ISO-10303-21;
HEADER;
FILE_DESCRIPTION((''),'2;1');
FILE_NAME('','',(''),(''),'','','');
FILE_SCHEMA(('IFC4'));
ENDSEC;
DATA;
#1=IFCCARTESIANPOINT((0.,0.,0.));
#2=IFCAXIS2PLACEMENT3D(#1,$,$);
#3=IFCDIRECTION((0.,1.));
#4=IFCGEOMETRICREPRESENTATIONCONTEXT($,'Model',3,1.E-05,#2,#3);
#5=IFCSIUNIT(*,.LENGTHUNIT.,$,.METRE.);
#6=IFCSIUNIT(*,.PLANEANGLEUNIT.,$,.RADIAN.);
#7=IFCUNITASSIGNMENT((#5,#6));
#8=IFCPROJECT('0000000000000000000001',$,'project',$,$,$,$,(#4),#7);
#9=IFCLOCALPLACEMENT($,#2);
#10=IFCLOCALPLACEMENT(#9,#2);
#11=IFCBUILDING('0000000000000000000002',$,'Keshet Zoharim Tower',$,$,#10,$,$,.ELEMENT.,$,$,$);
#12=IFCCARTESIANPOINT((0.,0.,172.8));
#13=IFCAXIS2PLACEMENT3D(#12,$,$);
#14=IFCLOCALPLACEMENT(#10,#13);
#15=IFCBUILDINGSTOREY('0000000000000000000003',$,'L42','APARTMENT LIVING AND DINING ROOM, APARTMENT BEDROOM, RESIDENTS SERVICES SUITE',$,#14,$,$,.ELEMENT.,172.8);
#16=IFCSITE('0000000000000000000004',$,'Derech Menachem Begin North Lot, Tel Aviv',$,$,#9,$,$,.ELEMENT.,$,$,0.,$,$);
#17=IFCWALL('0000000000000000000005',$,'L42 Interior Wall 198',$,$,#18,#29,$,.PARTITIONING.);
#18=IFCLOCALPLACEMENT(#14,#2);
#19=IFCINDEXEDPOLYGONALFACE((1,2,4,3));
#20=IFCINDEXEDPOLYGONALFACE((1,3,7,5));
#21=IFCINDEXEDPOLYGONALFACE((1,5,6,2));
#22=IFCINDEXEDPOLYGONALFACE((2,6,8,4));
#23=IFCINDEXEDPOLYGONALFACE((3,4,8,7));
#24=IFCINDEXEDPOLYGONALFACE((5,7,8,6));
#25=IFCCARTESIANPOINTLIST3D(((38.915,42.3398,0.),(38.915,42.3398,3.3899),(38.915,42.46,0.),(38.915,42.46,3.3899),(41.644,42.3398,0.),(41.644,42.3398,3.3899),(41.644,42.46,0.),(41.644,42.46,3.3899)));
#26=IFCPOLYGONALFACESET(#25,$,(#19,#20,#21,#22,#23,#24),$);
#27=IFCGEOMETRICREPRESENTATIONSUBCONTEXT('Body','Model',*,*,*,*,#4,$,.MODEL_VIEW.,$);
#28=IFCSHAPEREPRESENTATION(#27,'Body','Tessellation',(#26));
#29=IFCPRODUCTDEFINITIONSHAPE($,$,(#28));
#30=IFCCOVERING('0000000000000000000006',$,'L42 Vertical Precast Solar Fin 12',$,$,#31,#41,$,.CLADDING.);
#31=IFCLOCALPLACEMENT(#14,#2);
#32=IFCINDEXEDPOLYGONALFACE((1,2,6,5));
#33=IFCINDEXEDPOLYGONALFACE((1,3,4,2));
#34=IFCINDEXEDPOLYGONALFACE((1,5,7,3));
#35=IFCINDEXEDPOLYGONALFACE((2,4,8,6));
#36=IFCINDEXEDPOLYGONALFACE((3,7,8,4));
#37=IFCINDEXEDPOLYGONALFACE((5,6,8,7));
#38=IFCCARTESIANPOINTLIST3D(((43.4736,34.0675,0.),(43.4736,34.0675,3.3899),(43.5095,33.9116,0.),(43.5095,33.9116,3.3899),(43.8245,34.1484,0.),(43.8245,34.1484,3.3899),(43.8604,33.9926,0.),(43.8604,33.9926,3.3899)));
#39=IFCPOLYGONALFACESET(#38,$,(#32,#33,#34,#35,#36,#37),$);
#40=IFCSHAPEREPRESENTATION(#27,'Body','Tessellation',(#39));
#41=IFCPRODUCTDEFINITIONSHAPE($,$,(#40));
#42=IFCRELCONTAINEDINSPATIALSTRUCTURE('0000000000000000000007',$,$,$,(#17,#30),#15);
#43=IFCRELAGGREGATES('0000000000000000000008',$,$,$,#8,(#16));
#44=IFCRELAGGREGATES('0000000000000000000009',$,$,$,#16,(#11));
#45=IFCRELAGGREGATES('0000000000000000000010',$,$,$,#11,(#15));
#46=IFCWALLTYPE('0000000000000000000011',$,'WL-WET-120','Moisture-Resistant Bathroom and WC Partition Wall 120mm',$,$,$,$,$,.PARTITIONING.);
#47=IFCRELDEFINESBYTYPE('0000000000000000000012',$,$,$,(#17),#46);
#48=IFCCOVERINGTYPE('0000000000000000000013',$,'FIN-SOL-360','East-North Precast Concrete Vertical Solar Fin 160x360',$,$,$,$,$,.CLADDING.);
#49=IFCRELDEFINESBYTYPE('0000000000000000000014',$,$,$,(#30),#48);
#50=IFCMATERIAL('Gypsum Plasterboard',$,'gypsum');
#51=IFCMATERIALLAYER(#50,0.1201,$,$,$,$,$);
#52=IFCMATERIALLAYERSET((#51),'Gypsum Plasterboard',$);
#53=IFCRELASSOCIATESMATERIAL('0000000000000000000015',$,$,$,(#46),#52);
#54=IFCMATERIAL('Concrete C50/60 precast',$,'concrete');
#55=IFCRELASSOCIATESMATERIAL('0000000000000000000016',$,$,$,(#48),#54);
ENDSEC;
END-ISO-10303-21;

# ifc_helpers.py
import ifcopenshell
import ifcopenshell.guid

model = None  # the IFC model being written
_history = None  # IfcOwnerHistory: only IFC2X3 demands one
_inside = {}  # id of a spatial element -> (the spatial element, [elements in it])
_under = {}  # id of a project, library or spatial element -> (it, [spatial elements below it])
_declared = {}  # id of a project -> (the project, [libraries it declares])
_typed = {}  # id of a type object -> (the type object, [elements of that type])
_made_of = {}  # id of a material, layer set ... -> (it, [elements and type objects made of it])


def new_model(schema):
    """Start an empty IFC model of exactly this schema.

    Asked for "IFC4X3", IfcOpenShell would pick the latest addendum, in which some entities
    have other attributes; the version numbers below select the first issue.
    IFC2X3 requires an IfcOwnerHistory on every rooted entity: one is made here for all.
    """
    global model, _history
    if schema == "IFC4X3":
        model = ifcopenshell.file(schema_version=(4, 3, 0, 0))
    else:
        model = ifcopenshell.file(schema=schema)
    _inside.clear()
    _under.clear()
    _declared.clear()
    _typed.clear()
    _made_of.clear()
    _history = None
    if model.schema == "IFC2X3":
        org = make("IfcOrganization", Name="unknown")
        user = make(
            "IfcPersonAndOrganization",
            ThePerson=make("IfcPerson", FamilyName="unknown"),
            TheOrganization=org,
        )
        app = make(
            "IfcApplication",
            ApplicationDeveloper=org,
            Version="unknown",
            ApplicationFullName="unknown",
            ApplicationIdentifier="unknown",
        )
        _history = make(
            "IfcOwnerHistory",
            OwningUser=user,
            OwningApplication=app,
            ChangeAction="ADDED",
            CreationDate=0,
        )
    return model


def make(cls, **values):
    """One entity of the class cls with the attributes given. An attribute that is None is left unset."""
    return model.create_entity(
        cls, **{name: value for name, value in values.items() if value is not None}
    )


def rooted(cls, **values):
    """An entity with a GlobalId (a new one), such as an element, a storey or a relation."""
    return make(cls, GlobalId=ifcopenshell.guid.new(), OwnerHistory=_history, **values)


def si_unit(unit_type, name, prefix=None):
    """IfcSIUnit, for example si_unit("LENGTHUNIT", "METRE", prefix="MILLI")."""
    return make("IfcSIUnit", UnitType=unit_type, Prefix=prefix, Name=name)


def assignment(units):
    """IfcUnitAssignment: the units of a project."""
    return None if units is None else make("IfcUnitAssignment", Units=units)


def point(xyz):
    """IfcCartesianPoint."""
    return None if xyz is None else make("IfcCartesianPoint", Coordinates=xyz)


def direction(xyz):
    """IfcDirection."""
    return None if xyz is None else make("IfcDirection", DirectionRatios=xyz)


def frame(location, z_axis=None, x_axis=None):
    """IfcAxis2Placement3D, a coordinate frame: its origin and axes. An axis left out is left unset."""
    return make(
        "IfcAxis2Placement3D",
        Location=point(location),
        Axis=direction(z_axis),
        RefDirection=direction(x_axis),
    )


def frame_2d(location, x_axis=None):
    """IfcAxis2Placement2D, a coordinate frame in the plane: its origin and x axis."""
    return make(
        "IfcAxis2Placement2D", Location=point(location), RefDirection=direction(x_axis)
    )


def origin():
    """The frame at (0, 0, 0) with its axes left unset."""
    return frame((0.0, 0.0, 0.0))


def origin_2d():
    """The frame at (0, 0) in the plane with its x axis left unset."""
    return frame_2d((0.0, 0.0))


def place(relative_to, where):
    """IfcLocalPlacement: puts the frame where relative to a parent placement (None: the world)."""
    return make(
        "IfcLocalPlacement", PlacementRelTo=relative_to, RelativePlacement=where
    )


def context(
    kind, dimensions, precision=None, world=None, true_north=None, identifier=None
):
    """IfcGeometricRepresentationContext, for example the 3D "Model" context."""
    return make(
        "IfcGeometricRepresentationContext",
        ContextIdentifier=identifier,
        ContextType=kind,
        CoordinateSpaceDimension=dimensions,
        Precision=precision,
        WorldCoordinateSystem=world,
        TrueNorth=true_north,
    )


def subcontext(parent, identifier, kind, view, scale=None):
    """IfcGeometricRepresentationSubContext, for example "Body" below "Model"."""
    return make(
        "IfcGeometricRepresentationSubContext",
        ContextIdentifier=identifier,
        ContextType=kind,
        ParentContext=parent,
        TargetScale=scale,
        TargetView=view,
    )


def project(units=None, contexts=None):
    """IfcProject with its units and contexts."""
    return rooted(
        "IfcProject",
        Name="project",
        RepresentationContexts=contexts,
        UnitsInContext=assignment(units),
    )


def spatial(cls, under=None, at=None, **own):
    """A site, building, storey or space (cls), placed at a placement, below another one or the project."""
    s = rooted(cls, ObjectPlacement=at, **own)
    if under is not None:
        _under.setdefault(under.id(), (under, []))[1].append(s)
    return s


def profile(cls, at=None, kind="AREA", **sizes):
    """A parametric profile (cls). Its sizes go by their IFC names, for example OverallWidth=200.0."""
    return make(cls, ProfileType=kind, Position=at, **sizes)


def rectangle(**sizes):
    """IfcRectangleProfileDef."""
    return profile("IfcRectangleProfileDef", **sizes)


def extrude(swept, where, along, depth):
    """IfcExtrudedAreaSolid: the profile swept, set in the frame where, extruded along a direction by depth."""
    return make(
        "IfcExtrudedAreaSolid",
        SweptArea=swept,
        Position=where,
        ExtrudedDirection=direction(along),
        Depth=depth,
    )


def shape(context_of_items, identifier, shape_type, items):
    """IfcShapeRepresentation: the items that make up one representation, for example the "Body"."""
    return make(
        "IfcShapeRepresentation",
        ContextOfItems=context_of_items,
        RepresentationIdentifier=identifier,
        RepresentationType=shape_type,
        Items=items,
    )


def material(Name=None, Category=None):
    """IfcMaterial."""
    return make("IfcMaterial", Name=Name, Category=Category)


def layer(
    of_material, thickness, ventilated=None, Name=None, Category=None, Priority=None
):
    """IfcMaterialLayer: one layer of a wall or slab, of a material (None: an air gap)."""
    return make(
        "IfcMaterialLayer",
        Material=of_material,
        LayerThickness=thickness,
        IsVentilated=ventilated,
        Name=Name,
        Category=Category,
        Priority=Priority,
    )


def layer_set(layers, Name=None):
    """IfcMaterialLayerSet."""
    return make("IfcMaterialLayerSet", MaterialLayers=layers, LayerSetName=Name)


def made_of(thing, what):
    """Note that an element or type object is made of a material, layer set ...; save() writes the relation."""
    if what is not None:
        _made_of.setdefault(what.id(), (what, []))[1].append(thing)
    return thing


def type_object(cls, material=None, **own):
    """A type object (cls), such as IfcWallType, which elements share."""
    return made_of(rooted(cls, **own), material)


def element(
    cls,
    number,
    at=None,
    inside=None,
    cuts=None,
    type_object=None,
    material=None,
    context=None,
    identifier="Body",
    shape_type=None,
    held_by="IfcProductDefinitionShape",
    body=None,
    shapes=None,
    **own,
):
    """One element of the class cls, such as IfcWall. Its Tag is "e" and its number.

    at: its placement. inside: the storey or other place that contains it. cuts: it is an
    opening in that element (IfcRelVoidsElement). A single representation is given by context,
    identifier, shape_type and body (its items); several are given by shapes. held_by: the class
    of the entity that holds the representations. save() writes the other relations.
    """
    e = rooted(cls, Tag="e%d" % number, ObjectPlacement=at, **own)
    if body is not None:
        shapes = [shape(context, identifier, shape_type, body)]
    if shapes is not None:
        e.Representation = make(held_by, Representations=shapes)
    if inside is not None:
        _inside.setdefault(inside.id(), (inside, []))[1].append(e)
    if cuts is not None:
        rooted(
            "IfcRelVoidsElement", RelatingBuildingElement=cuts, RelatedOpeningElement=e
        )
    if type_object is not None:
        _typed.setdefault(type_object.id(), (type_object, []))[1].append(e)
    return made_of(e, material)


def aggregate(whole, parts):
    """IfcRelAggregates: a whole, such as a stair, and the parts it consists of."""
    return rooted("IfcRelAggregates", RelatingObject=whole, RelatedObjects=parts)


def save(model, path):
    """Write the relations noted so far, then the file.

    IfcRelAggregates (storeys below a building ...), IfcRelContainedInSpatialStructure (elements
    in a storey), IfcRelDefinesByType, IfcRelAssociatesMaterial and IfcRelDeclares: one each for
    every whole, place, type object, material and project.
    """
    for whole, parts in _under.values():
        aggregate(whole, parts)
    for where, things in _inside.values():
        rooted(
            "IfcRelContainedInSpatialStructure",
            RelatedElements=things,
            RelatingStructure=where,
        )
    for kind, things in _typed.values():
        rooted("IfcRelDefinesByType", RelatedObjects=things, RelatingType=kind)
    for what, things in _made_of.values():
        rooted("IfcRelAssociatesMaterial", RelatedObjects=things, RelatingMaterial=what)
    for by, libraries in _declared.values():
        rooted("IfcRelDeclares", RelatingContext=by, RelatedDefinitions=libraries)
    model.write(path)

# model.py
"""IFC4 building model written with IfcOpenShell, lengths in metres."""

from ifc_helpers import new_model, si_unit, direction, frame, frame_2d, origin, origin_2d, place, context, subcontext, project, spatial, rectangle, extrude, material, layer, layer_set, type_object, element, save


model = new_model("IFC4")

# Units and contexts
model_context = context("Model", 3, precision=1e-05, world=origin(), true_north=direction((0.0, 1.0)))
body_context = subcontext(model_context, "Body", "Model", "MODEL_VIEW")
ifc_project = project(units=[si_unit("LENGTHUNIT", "METRE"), si_unit("PLANEANGLEUNIT", "RADIAN")], contexts=[model_context])

# Site, building, storey
site_placement = place(None, origin())
site = spatial("IfcSite", under=ifc_project, at=site_placement, Name="Derech Menachem Begin North Lot, Tel Aviv", CompositionType="ELEMENT", RefElevation=0.0)
building_placement = place(site_placement, origin())
building = spatial("IfcBuilding", under=site, at=building_placement, Name="Keshet Zoharim Tower", CompositionType="ELEMENT")
storey_placement = place(building_placement, frame((0.0, 0.0, 172.8)))
storey = spatial("IfcBuildingStorey", under=building, at=storey_placement, Name="L42", Description="APARTMENT LIVING AND DINING ROOM, APARTMENT BEDROOM, RESIDENTS SERVICES SUITE", CompositionType="ELEMENT", Elevation=172.8)

# Shared definitions
ifc_material_1 = material(Name="Gypsum Plasterboard", Category="gypsum")

# Shared definitions
ifc_layer_1 = layer(ifc_material_1, 0.1201)
ifc_layer_set_1 = layer_set([ifc_layer_1], Name="Gypsum Plasterboard")
wall_type_1 = type_object("IfcWallType", Name="WL-WET-120", Description="Moisture-Resistant Bathroom and WC Partition Wall 120mm", PredefinedType="PARTITIONING", material=ifc_layer_set_1)

# Wall
wall_1_placement = place(storey_placement, frame((38.915, 42.3999, 0.0), z_axis=(0.0, 0.0, 1.0), x_axis=(1.0, 0.0, 0.0)))
element("IfcWall", 1, at=wall_1_placement, inside=storey, type_object=wall_type_1, Name="L42 Interior Wall 198", PredefinedType="PARTITIONING", context=body_context, shape_type="SweptSolid", body=[
    extrude(rectangle(XDim=2.729, YDim=0.1201, at=frame_2d((1.3645, 0.0))), origin(), (0.0, 0.0, 1.0), 3.3899),
])

# Covering
ifc_material_2 = material(Name="Concrete C50/60 precast", Category="concrete")
covering_type = type_object("IfcCoveringType", Name="FIN-SOL-360", Description="East-North Precast Concrete Vertical Solar Fin 160x360", PredefinedType="CLADDING", material=ifc_material_2)
covering_placement = place(storey_placement, frame((43.667, 34.03, 0.0), z_axis=(0.0, 0.0, 1.0), x_axis=(0.224848, -0.974394, 0.0)))
element("IfcCovering", 2, at=covering_placement, inside=storey, type_object=covering_type, Name="L42 Vertical Precast Solar Fin 12", PredefinedType="CLADDING", context=body_context, shape_type="SweptSolid", body=[
    extrude(rectangle(XDim=0.1599, YDim=0.3601, at=origin_2d()), origin(), (0.0, 0.0, 1.0), 3.3899),
])

save(model, "model.ifc")
